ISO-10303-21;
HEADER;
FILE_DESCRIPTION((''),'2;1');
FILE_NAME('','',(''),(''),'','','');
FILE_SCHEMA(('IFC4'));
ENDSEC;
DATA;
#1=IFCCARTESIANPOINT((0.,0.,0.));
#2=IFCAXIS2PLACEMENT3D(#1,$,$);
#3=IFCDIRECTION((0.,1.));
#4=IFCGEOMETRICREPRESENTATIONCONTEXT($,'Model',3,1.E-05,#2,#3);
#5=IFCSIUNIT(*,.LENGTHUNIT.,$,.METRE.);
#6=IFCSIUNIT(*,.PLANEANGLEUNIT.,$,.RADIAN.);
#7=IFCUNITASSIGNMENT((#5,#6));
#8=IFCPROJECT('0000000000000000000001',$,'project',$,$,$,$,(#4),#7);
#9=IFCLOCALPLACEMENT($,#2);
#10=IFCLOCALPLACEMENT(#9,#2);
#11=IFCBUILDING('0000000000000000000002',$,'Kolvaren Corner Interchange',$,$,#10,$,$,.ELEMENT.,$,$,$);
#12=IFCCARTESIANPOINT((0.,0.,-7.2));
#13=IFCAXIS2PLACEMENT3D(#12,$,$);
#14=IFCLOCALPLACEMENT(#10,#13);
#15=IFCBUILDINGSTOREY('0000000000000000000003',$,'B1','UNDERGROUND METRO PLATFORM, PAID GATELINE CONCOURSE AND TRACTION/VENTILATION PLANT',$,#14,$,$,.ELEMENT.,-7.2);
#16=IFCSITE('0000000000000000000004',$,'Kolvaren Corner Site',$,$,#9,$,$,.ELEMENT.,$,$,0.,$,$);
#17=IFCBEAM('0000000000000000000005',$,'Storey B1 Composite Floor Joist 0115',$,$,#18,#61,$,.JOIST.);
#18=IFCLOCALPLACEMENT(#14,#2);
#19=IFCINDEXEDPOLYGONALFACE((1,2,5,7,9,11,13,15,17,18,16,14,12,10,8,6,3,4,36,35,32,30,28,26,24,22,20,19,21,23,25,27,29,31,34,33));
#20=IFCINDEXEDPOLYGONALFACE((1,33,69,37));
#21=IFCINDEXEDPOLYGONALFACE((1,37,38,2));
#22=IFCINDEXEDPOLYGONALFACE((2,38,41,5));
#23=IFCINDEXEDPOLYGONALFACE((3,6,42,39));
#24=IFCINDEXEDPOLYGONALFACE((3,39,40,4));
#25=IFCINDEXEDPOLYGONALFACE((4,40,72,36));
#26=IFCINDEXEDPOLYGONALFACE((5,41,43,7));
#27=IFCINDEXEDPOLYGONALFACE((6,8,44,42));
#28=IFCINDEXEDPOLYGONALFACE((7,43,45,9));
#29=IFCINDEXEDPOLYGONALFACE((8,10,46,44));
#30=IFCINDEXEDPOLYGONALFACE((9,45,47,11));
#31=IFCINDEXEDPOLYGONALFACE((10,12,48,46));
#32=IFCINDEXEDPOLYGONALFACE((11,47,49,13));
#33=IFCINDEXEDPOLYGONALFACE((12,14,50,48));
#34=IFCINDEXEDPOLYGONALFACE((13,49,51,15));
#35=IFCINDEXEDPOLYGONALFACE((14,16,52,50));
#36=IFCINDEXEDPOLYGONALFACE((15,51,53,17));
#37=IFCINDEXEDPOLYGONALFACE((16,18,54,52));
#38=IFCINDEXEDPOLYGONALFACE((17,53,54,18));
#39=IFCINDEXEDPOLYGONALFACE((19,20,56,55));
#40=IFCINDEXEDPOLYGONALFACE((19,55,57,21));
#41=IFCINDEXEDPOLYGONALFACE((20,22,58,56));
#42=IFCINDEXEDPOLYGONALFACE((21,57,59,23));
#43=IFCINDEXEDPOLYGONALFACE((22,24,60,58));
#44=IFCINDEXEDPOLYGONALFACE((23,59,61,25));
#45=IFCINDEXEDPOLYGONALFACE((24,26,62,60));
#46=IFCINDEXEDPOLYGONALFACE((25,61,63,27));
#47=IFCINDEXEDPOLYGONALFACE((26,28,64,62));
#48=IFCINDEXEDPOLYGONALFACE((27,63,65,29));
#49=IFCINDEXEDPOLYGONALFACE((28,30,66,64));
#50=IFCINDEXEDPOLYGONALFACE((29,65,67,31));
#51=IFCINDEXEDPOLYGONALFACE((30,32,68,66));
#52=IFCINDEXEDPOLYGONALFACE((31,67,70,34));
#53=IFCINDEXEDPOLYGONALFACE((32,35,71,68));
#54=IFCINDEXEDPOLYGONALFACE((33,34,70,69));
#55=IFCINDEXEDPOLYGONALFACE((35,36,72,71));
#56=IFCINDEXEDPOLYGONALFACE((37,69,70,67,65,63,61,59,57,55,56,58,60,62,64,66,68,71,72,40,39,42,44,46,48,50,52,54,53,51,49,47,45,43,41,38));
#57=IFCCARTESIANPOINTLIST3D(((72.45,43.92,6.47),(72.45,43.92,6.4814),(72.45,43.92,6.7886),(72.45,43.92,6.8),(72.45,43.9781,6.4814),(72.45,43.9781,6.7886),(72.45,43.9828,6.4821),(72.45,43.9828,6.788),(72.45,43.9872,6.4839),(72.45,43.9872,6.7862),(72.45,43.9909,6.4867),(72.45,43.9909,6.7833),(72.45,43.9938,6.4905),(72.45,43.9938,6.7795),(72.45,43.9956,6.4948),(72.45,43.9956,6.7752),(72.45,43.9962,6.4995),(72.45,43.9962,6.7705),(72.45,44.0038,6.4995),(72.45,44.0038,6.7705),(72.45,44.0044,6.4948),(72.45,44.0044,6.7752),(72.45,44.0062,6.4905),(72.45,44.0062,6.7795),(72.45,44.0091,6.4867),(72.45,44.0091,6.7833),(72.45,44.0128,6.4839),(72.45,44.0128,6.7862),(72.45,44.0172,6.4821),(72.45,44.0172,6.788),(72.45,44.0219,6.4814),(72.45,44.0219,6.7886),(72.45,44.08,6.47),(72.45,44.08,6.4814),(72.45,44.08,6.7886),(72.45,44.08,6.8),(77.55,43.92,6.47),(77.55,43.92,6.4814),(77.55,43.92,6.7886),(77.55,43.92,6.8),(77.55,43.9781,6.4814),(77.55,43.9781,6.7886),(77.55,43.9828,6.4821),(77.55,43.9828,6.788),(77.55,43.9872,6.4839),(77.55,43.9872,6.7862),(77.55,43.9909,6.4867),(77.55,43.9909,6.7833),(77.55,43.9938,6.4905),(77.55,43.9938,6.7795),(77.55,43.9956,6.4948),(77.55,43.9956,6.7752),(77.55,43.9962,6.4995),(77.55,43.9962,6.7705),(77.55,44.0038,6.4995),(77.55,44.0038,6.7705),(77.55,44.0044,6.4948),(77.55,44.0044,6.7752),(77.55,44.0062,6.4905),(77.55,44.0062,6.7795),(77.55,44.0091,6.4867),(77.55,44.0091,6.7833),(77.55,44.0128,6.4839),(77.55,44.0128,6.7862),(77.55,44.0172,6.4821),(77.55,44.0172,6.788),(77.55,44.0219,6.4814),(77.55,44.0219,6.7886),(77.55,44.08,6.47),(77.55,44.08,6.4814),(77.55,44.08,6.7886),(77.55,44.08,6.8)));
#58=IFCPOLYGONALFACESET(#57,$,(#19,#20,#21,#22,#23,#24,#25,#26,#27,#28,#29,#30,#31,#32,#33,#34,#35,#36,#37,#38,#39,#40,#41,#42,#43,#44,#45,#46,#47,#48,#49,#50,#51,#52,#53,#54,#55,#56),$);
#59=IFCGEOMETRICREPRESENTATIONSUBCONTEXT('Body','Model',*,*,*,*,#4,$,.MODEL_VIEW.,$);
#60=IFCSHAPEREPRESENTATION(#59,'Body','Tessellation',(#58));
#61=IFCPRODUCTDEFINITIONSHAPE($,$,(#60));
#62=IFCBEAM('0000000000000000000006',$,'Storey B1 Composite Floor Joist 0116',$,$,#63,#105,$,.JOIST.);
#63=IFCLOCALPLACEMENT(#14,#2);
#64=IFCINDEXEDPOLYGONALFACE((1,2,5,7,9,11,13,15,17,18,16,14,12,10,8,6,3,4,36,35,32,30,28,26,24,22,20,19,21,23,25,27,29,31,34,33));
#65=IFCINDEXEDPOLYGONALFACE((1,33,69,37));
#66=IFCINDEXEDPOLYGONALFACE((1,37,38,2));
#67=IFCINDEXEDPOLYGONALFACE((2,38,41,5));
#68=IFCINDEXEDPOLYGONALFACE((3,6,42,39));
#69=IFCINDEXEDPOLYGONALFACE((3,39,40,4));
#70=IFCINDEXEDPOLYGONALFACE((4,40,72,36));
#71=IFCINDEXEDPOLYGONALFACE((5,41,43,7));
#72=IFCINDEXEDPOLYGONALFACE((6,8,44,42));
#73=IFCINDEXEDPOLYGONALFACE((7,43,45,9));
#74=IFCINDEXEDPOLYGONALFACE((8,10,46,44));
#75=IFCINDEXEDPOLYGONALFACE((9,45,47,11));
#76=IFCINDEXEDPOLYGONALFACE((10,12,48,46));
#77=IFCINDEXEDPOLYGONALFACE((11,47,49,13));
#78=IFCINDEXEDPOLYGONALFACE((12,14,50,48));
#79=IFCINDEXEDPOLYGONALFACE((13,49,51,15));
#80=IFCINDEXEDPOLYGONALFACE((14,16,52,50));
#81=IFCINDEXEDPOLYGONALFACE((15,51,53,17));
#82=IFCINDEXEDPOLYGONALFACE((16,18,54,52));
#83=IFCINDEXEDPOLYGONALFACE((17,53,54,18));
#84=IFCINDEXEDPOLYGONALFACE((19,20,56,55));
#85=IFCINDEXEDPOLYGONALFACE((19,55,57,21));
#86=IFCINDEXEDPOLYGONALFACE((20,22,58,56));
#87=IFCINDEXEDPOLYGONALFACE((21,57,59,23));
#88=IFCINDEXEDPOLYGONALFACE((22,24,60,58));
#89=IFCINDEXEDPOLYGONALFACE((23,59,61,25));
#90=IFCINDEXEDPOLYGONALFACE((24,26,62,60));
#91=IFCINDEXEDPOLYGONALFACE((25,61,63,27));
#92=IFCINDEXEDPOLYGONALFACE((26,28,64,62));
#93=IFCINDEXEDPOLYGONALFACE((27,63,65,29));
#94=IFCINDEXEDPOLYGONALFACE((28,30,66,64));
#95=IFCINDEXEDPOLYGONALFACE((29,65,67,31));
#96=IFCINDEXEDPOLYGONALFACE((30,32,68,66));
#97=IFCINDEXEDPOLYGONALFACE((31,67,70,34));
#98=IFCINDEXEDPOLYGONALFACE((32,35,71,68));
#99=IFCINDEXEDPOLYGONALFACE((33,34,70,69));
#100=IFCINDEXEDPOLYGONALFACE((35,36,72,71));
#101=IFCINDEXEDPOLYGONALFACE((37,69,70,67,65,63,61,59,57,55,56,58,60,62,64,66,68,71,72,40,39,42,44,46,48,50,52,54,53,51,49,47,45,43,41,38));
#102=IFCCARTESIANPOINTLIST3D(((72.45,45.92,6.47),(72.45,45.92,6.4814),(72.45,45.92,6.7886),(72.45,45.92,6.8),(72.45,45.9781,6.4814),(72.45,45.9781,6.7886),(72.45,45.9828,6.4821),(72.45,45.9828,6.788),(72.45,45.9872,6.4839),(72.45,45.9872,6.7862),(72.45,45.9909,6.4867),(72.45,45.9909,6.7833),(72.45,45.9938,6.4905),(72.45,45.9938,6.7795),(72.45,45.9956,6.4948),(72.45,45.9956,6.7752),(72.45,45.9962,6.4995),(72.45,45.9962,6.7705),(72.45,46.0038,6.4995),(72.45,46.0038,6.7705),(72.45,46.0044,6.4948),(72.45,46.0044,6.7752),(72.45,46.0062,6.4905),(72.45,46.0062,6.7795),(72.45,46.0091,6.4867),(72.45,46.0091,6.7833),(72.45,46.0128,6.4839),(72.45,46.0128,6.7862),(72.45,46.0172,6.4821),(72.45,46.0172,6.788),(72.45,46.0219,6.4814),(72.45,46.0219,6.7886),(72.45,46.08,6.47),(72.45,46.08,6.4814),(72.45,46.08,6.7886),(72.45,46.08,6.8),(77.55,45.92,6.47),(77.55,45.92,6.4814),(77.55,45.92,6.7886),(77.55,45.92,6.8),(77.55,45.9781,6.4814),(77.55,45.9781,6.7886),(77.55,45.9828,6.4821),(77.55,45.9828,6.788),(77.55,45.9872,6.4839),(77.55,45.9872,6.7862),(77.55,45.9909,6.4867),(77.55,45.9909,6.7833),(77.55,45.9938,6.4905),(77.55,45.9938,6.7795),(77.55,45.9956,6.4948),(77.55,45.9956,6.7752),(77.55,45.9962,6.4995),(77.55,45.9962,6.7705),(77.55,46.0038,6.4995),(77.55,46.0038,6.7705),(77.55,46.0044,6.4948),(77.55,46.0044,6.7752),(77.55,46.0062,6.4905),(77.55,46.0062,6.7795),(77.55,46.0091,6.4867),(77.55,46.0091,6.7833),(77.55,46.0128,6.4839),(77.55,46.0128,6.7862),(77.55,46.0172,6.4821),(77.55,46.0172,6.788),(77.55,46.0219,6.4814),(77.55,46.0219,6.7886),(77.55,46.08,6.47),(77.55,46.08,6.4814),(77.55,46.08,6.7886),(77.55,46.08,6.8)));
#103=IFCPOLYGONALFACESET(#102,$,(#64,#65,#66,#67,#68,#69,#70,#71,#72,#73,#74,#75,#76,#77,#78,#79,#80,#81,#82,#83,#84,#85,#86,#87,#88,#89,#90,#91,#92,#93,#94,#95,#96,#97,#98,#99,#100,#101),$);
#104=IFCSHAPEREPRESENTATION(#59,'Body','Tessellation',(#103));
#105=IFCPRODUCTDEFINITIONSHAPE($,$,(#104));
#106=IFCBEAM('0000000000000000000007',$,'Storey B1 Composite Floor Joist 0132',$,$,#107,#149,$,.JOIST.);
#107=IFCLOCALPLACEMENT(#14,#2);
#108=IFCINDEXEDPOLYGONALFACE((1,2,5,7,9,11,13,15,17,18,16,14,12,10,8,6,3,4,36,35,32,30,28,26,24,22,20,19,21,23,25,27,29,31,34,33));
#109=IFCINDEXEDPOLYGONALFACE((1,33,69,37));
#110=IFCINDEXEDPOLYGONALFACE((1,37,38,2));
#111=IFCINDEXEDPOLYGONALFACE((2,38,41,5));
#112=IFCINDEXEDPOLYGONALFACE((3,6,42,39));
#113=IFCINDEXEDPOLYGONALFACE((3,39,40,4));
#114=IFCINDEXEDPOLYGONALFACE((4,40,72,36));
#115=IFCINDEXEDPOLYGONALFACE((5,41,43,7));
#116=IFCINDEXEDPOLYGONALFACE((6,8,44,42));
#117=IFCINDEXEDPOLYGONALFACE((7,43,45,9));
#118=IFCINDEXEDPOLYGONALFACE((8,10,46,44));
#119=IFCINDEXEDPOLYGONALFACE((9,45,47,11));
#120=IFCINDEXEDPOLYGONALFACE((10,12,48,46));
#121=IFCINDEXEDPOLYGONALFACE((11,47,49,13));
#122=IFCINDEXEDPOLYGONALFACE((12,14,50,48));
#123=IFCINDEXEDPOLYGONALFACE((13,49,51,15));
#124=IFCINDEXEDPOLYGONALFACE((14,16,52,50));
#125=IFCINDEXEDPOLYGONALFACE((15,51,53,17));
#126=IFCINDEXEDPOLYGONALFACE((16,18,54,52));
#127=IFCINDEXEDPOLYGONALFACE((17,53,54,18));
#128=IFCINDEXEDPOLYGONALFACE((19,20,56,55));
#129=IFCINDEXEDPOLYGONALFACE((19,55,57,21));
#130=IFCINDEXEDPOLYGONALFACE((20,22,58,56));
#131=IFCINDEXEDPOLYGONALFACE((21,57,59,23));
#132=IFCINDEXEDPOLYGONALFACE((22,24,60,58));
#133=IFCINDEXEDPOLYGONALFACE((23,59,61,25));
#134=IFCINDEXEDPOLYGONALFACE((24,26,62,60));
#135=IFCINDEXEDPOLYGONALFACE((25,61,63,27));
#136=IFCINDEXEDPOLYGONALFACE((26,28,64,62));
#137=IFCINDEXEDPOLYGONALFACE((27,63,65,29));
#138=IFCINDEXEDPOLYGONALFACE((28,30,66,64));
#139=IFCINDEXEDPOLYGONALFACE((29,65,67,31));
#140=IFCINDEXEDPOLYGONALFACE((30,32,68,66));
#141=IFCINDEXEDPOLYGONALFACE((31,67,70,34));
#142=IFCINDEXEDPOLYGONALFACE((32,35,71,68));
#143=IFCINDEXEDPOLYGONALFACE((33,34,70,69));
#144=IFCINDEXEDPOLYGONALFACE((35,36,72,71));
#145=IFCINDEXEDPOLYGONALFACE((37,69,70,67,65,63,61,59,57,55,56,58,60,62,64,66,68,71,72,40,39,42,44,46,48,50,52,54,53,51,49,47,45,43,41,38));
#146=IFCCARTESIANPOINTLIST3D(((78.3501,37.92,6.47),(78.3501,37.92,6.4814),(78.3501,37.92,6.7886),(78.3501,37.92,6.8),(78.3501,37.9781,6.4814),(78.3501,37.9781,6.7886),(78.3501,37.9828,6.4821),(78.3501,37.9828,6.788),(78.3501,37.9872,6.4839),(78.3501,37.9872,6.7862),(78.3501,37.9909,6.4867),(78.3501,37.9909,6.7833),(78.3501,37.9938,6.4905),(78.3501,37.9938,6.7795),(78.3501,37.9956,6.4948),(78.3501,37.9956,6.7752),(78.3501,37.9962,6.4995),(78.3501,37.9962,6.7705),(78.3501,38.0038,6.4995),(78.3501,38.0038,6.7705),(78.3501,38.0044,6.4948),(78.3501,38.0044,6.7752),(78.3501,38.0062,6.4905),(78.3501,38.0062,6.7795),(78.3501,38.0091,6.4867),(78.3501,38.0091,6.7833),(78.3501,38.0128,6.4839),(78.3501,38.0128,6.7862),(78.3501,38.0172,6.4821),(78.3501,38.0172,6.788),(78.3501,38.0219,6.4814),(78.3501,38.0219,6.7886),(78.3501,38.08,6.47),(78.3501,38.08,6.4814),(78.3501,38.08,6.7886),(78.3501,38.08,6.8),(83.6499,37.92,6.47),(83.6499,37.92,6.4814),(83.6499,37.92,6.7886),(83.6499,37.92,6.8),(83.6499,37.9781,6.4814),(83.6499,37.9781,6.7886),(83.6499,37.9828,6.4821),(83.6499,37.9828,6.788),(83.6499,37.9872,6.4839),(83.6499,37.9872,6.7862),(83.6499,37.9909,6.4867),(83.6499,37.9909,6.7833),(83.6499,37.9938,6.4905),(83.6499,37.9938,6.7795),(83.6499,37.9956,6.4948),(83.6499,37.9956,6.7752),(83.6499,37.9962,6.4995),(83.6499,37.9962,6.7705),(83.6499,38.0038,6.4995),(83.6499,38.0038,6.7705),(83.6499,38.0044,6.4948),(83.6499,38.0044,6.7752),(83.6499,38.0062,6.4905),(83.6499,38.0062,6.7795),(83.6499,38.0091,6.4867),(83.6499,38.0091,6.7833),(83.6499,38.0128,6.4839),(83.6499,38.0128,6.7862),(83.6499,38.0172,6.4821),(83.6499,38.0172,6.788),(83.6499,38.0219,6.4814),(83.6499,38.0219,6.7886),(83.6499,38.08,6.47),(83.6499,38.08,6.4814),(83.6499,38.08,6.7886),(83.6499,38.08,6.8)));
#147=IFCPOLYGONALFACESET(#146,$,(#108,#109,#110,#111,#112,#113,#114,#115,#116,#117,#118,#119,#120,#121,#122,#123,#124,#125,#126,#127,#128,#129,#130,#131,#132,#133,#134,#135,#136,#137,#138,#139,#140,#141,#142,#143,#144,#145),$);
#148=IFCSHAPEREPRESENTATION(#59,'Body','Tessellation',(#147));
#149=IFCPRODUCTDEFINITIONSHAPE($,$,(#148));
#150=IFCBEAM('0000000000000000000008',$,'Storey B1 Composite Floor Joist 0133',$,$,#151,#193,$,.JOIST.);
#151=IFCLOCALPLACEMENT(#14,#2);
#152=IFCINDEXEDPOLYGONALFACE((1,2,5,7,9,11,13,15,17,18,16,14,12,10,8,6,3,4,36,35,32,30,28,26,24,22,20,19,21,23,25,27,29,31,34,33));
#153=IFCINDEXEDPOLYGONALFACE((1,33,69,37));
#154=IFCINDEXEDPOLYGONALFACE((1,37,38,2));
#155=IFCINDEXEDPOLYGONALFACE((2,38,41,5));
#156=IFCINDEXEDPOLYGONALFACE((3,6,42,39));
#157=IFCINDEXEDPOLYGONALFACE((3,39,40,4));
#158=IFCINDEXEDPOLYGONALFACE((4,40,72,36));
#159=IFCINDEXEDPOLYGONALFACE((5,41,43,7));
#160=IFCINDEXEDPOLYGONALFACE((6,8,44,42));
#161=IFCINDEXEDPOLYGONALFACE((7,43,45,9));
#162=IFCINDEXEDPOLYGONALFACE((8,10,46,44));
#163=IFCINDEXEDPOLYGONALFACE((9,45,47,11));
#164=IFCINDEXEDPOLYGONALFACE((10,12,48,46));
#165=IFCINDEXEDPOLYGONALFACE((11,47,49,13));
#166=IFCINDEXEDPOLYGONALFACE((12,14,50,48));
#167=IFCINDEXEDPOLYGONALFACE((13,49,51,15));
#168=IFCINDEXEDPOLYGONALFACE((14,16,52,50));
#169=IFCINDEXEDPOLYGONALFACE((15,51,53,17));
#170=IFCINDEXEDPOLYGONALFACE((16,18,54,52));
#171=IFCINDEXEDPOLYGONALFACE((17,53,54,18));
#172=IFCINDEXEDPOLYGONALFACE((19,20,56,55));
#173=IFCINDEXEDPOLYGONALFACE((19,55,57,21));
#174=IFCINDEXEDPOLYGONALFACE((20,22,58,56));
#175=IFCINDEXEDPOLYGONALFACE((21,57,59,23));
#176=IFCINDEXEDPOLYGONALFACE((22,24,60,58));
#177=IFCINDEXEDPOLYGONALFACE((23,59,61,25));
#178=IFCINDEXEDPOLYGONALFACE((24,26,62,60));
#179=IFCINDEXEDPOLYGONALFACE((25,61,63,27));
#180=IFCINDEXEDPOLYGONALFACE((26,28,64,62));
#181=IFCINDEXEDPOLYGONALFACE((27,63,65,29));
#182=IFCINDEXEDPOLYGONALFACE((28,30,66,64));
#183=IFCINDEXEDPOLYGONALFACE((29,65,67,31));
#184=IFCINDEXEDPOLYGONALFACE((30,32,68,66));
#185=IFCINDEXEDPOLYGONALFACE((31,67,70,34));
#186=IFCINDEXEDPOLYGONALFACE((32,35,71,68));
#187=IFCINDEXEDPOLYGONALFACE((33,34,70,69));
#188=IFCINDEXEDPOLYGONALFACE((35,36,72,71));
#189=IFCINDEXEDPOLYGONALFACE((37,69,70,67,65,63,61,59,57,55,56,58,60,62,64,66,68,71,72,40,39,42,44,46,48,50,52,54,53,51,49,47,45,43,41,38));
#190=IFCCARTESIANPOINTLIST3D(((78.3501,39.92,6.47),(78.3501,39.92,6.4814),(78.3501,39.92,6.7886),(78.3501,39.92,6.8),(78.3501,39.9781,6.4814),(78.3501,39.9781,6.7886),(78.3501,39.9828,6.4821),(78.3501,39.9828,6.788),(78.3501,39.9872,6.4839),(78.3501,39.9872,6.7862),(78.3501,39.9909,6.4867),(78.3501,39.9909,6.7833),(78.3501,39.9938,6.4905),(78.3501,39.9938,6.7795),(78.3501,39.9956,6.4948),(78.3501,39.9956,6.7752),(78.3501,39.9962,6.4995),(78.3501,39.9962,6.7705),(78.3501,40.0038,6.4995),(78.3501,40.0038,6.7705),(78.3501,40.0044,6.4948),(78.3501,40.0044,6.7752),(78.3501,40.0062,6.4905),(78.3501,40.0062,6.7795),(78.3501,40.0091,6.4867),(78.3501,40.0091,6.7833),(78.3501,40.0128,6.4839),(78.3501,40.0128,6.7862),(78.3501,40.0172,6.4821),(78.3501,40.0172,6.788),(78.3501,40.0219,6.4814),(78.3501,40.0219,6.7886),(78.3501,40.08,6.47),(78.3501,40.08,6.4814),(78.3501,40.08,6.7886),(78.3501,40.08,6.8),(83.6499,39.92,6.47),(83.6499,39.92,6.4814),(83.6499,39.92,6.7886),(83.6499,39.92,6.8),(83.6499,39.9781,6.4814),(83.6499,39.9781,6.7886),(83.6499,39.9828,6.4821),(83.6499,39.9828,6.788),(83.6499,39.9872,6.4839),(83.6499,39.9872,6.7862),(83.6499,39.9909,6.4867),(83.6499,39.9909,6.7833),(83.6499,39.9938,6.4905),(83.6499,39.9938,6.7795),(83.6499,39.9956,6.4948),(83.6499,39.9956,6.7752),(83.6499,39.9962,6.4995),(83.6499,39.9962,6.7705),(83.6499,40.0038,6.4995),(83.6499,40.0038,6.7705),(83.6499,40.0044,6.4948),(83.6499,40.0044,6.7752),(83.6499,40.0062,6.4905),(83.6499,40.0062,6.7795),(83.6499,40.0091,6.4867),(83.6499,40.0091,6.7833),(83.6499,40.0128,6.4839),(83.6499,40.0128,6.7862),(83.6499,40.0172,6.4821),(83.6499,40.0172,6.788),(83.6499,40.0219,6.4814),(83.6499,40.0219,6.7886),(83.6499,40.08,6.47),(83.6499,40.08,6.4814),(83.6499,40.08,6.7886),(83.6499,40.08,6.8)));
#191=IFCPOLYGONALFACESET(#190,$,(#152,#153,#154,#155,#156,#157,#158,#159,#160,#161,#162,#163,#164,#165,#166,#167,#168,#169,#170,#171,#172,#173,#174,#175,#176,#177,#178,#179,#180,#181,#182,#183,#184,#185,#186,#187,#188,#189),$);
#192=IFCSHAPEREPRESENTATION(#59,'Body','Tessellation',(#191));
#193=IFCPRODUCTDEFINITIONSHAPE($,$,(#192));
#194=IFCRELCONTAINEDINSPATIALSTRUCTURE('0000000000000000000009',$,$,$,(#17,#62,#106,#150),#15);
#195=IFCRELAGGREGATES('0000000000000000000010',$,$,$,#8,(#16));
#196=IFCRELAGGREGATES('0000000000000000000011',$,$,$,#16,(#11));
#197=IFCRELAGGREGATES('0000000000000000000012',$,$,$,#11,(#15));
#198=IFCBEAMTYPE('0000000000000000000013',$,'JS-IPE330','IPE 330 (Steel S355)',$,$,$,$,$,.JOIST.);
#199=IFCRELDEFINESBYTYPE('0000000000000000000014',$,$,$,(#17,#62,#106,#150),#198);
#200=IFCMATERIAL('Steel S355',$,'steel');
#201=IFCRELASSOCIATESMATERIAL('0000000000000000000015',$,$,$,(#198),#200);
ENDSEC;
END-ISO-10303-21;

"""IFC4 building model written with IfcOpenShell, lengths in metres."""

from ifc_helpers import new_model, si_unit, direction, frame, origin, origin_2d, place, context, subcontext, project, spatial, i_section, extrude, material, material_profile, profile_set, type_object, element, save


model = new_model("IFC4")

# Units and contexts
model_context = context("Model", 3, precision=1e-05, world=origin(), true_north=direction((0.0, 1.0)))
body_context = subcontext(model_context, "Body", "Model", "MODEL_VIEW")
ifc_project = project(units=[si_unit("LENGTHUNIT", "METRE"), si_unit("PLANEANGLEUNIT", "RADIAN")], contexts=[model_context])

# Site, building, storey
site_placement = place(None, origin())
site = spatial("IfcSite", under=ifc_project, at=site_placement, Name="Kolvaren Corner Site", CompositionType="ELEMENT", RefElevation=0.0)
building_placement = place(site_placement, origin())
building = spatial("IfcBuilding", under=site, at=building_placement, Name="Kolvaren Corner Interchange", CompositionType="ELEMENT")
storey_placement = place(building_placement, frame((0.0, 0.0, -7.2)))
storey = spatial("IfcBuildingStorey", under=building, at=storey_placement, Name="B1", Description="UNDERGROUND METRO PLATFORM, PAID GATELINE CONCOURSE AND TRACTION/VENTILATION PLANT", CompositionType="ELEMENT", Elevation=-7.2)

# Beams
ifc_material_1 = material(Name="Steel S355", Category="steel")
ifc_material_profile_1 = material_profile(ifc_material_1, i_section(OverallWidth=0.1599, OverallDepth=0.3301, WebThickness=0.0076, FlangeThickness=0.0115, FilletRadius=0.0181, at=origin_2d()), Name="IPE 330")
ifc_profile_set_1 = profile_set([ifc_material_profile_1], Name="Steel S355")
beam_type_1 = type_object("IfcBeamType", Name="JS-IPE330", Description="IPE 330 (Steel S355)", PredefinedType="JOIST", material=ifc_profile_set_1)
for number, where, z_axis, x_axis, name in (
    (1, (72.45, 44.0, 6.635), (1.0, 0.0, 0.0), (0.0, 1.0, 0.0), "Storey B1 Composite Floor Joist 0115"),
    (2, (72.45, 46.0, 6.635), (1.0, 0.0, 0.0), (0.0, 1.0, 0.0), "Storey B1 Composite Floor Joist 0116"),
):
    element("IfcBeam", number, at=place(storey_placement, frame(where, z_axis=z_axis, x_axis=x_axis)), inside=storey, type_object=beam_type_1, Name=name, PredefinedType="JOIST", context=body_context, shape_type="SweptSolid", body=[
        extrude(i_section(OverallWidth=0.1599, OverallDepth=0.3301, WebThickness=0.0076, FlangeThickness=0.0115, FilletRadius=0.0181, at=origin_2d()), origin(), (0.0, 0.0, 1.0), 5.1001),
    ])
for number, where, z_axis, x_axis, name in (
    (3, (78.3501, 38.0, 6.635), (1.0, 0.0, 0.0), (0.0, 1.0, 0.0), "Storey B1 Composite Floor Joist 0132"),
    (4, (78.3501, 40.0, 6.635), (1.0, 0.0, 0.0), (0.0, 1.0, 0.0), "Storey B1 Composite Floor Joist 0133"),
):
    element("IfcBeam", number, at=place(storey_placement, frame(where, z_axis=z_axis, x_axis=x_axis)), inside=storey, type_object=beam_type_1, Name=name, PredefinedType="JOIST", context=body_context, shape_type="SweptSolid", body=[
        extrude(i_section(OverallWidth=0.1599, OverallDepth=0.3301, WebThickness=0.0076, FlangeThickness=0.0115, FilletRadius=0.0181, at=origin_2d()), origin(), (0.0, 0.0, 1.0), 5.2998),
    ])

save(model, "model.ifc")
